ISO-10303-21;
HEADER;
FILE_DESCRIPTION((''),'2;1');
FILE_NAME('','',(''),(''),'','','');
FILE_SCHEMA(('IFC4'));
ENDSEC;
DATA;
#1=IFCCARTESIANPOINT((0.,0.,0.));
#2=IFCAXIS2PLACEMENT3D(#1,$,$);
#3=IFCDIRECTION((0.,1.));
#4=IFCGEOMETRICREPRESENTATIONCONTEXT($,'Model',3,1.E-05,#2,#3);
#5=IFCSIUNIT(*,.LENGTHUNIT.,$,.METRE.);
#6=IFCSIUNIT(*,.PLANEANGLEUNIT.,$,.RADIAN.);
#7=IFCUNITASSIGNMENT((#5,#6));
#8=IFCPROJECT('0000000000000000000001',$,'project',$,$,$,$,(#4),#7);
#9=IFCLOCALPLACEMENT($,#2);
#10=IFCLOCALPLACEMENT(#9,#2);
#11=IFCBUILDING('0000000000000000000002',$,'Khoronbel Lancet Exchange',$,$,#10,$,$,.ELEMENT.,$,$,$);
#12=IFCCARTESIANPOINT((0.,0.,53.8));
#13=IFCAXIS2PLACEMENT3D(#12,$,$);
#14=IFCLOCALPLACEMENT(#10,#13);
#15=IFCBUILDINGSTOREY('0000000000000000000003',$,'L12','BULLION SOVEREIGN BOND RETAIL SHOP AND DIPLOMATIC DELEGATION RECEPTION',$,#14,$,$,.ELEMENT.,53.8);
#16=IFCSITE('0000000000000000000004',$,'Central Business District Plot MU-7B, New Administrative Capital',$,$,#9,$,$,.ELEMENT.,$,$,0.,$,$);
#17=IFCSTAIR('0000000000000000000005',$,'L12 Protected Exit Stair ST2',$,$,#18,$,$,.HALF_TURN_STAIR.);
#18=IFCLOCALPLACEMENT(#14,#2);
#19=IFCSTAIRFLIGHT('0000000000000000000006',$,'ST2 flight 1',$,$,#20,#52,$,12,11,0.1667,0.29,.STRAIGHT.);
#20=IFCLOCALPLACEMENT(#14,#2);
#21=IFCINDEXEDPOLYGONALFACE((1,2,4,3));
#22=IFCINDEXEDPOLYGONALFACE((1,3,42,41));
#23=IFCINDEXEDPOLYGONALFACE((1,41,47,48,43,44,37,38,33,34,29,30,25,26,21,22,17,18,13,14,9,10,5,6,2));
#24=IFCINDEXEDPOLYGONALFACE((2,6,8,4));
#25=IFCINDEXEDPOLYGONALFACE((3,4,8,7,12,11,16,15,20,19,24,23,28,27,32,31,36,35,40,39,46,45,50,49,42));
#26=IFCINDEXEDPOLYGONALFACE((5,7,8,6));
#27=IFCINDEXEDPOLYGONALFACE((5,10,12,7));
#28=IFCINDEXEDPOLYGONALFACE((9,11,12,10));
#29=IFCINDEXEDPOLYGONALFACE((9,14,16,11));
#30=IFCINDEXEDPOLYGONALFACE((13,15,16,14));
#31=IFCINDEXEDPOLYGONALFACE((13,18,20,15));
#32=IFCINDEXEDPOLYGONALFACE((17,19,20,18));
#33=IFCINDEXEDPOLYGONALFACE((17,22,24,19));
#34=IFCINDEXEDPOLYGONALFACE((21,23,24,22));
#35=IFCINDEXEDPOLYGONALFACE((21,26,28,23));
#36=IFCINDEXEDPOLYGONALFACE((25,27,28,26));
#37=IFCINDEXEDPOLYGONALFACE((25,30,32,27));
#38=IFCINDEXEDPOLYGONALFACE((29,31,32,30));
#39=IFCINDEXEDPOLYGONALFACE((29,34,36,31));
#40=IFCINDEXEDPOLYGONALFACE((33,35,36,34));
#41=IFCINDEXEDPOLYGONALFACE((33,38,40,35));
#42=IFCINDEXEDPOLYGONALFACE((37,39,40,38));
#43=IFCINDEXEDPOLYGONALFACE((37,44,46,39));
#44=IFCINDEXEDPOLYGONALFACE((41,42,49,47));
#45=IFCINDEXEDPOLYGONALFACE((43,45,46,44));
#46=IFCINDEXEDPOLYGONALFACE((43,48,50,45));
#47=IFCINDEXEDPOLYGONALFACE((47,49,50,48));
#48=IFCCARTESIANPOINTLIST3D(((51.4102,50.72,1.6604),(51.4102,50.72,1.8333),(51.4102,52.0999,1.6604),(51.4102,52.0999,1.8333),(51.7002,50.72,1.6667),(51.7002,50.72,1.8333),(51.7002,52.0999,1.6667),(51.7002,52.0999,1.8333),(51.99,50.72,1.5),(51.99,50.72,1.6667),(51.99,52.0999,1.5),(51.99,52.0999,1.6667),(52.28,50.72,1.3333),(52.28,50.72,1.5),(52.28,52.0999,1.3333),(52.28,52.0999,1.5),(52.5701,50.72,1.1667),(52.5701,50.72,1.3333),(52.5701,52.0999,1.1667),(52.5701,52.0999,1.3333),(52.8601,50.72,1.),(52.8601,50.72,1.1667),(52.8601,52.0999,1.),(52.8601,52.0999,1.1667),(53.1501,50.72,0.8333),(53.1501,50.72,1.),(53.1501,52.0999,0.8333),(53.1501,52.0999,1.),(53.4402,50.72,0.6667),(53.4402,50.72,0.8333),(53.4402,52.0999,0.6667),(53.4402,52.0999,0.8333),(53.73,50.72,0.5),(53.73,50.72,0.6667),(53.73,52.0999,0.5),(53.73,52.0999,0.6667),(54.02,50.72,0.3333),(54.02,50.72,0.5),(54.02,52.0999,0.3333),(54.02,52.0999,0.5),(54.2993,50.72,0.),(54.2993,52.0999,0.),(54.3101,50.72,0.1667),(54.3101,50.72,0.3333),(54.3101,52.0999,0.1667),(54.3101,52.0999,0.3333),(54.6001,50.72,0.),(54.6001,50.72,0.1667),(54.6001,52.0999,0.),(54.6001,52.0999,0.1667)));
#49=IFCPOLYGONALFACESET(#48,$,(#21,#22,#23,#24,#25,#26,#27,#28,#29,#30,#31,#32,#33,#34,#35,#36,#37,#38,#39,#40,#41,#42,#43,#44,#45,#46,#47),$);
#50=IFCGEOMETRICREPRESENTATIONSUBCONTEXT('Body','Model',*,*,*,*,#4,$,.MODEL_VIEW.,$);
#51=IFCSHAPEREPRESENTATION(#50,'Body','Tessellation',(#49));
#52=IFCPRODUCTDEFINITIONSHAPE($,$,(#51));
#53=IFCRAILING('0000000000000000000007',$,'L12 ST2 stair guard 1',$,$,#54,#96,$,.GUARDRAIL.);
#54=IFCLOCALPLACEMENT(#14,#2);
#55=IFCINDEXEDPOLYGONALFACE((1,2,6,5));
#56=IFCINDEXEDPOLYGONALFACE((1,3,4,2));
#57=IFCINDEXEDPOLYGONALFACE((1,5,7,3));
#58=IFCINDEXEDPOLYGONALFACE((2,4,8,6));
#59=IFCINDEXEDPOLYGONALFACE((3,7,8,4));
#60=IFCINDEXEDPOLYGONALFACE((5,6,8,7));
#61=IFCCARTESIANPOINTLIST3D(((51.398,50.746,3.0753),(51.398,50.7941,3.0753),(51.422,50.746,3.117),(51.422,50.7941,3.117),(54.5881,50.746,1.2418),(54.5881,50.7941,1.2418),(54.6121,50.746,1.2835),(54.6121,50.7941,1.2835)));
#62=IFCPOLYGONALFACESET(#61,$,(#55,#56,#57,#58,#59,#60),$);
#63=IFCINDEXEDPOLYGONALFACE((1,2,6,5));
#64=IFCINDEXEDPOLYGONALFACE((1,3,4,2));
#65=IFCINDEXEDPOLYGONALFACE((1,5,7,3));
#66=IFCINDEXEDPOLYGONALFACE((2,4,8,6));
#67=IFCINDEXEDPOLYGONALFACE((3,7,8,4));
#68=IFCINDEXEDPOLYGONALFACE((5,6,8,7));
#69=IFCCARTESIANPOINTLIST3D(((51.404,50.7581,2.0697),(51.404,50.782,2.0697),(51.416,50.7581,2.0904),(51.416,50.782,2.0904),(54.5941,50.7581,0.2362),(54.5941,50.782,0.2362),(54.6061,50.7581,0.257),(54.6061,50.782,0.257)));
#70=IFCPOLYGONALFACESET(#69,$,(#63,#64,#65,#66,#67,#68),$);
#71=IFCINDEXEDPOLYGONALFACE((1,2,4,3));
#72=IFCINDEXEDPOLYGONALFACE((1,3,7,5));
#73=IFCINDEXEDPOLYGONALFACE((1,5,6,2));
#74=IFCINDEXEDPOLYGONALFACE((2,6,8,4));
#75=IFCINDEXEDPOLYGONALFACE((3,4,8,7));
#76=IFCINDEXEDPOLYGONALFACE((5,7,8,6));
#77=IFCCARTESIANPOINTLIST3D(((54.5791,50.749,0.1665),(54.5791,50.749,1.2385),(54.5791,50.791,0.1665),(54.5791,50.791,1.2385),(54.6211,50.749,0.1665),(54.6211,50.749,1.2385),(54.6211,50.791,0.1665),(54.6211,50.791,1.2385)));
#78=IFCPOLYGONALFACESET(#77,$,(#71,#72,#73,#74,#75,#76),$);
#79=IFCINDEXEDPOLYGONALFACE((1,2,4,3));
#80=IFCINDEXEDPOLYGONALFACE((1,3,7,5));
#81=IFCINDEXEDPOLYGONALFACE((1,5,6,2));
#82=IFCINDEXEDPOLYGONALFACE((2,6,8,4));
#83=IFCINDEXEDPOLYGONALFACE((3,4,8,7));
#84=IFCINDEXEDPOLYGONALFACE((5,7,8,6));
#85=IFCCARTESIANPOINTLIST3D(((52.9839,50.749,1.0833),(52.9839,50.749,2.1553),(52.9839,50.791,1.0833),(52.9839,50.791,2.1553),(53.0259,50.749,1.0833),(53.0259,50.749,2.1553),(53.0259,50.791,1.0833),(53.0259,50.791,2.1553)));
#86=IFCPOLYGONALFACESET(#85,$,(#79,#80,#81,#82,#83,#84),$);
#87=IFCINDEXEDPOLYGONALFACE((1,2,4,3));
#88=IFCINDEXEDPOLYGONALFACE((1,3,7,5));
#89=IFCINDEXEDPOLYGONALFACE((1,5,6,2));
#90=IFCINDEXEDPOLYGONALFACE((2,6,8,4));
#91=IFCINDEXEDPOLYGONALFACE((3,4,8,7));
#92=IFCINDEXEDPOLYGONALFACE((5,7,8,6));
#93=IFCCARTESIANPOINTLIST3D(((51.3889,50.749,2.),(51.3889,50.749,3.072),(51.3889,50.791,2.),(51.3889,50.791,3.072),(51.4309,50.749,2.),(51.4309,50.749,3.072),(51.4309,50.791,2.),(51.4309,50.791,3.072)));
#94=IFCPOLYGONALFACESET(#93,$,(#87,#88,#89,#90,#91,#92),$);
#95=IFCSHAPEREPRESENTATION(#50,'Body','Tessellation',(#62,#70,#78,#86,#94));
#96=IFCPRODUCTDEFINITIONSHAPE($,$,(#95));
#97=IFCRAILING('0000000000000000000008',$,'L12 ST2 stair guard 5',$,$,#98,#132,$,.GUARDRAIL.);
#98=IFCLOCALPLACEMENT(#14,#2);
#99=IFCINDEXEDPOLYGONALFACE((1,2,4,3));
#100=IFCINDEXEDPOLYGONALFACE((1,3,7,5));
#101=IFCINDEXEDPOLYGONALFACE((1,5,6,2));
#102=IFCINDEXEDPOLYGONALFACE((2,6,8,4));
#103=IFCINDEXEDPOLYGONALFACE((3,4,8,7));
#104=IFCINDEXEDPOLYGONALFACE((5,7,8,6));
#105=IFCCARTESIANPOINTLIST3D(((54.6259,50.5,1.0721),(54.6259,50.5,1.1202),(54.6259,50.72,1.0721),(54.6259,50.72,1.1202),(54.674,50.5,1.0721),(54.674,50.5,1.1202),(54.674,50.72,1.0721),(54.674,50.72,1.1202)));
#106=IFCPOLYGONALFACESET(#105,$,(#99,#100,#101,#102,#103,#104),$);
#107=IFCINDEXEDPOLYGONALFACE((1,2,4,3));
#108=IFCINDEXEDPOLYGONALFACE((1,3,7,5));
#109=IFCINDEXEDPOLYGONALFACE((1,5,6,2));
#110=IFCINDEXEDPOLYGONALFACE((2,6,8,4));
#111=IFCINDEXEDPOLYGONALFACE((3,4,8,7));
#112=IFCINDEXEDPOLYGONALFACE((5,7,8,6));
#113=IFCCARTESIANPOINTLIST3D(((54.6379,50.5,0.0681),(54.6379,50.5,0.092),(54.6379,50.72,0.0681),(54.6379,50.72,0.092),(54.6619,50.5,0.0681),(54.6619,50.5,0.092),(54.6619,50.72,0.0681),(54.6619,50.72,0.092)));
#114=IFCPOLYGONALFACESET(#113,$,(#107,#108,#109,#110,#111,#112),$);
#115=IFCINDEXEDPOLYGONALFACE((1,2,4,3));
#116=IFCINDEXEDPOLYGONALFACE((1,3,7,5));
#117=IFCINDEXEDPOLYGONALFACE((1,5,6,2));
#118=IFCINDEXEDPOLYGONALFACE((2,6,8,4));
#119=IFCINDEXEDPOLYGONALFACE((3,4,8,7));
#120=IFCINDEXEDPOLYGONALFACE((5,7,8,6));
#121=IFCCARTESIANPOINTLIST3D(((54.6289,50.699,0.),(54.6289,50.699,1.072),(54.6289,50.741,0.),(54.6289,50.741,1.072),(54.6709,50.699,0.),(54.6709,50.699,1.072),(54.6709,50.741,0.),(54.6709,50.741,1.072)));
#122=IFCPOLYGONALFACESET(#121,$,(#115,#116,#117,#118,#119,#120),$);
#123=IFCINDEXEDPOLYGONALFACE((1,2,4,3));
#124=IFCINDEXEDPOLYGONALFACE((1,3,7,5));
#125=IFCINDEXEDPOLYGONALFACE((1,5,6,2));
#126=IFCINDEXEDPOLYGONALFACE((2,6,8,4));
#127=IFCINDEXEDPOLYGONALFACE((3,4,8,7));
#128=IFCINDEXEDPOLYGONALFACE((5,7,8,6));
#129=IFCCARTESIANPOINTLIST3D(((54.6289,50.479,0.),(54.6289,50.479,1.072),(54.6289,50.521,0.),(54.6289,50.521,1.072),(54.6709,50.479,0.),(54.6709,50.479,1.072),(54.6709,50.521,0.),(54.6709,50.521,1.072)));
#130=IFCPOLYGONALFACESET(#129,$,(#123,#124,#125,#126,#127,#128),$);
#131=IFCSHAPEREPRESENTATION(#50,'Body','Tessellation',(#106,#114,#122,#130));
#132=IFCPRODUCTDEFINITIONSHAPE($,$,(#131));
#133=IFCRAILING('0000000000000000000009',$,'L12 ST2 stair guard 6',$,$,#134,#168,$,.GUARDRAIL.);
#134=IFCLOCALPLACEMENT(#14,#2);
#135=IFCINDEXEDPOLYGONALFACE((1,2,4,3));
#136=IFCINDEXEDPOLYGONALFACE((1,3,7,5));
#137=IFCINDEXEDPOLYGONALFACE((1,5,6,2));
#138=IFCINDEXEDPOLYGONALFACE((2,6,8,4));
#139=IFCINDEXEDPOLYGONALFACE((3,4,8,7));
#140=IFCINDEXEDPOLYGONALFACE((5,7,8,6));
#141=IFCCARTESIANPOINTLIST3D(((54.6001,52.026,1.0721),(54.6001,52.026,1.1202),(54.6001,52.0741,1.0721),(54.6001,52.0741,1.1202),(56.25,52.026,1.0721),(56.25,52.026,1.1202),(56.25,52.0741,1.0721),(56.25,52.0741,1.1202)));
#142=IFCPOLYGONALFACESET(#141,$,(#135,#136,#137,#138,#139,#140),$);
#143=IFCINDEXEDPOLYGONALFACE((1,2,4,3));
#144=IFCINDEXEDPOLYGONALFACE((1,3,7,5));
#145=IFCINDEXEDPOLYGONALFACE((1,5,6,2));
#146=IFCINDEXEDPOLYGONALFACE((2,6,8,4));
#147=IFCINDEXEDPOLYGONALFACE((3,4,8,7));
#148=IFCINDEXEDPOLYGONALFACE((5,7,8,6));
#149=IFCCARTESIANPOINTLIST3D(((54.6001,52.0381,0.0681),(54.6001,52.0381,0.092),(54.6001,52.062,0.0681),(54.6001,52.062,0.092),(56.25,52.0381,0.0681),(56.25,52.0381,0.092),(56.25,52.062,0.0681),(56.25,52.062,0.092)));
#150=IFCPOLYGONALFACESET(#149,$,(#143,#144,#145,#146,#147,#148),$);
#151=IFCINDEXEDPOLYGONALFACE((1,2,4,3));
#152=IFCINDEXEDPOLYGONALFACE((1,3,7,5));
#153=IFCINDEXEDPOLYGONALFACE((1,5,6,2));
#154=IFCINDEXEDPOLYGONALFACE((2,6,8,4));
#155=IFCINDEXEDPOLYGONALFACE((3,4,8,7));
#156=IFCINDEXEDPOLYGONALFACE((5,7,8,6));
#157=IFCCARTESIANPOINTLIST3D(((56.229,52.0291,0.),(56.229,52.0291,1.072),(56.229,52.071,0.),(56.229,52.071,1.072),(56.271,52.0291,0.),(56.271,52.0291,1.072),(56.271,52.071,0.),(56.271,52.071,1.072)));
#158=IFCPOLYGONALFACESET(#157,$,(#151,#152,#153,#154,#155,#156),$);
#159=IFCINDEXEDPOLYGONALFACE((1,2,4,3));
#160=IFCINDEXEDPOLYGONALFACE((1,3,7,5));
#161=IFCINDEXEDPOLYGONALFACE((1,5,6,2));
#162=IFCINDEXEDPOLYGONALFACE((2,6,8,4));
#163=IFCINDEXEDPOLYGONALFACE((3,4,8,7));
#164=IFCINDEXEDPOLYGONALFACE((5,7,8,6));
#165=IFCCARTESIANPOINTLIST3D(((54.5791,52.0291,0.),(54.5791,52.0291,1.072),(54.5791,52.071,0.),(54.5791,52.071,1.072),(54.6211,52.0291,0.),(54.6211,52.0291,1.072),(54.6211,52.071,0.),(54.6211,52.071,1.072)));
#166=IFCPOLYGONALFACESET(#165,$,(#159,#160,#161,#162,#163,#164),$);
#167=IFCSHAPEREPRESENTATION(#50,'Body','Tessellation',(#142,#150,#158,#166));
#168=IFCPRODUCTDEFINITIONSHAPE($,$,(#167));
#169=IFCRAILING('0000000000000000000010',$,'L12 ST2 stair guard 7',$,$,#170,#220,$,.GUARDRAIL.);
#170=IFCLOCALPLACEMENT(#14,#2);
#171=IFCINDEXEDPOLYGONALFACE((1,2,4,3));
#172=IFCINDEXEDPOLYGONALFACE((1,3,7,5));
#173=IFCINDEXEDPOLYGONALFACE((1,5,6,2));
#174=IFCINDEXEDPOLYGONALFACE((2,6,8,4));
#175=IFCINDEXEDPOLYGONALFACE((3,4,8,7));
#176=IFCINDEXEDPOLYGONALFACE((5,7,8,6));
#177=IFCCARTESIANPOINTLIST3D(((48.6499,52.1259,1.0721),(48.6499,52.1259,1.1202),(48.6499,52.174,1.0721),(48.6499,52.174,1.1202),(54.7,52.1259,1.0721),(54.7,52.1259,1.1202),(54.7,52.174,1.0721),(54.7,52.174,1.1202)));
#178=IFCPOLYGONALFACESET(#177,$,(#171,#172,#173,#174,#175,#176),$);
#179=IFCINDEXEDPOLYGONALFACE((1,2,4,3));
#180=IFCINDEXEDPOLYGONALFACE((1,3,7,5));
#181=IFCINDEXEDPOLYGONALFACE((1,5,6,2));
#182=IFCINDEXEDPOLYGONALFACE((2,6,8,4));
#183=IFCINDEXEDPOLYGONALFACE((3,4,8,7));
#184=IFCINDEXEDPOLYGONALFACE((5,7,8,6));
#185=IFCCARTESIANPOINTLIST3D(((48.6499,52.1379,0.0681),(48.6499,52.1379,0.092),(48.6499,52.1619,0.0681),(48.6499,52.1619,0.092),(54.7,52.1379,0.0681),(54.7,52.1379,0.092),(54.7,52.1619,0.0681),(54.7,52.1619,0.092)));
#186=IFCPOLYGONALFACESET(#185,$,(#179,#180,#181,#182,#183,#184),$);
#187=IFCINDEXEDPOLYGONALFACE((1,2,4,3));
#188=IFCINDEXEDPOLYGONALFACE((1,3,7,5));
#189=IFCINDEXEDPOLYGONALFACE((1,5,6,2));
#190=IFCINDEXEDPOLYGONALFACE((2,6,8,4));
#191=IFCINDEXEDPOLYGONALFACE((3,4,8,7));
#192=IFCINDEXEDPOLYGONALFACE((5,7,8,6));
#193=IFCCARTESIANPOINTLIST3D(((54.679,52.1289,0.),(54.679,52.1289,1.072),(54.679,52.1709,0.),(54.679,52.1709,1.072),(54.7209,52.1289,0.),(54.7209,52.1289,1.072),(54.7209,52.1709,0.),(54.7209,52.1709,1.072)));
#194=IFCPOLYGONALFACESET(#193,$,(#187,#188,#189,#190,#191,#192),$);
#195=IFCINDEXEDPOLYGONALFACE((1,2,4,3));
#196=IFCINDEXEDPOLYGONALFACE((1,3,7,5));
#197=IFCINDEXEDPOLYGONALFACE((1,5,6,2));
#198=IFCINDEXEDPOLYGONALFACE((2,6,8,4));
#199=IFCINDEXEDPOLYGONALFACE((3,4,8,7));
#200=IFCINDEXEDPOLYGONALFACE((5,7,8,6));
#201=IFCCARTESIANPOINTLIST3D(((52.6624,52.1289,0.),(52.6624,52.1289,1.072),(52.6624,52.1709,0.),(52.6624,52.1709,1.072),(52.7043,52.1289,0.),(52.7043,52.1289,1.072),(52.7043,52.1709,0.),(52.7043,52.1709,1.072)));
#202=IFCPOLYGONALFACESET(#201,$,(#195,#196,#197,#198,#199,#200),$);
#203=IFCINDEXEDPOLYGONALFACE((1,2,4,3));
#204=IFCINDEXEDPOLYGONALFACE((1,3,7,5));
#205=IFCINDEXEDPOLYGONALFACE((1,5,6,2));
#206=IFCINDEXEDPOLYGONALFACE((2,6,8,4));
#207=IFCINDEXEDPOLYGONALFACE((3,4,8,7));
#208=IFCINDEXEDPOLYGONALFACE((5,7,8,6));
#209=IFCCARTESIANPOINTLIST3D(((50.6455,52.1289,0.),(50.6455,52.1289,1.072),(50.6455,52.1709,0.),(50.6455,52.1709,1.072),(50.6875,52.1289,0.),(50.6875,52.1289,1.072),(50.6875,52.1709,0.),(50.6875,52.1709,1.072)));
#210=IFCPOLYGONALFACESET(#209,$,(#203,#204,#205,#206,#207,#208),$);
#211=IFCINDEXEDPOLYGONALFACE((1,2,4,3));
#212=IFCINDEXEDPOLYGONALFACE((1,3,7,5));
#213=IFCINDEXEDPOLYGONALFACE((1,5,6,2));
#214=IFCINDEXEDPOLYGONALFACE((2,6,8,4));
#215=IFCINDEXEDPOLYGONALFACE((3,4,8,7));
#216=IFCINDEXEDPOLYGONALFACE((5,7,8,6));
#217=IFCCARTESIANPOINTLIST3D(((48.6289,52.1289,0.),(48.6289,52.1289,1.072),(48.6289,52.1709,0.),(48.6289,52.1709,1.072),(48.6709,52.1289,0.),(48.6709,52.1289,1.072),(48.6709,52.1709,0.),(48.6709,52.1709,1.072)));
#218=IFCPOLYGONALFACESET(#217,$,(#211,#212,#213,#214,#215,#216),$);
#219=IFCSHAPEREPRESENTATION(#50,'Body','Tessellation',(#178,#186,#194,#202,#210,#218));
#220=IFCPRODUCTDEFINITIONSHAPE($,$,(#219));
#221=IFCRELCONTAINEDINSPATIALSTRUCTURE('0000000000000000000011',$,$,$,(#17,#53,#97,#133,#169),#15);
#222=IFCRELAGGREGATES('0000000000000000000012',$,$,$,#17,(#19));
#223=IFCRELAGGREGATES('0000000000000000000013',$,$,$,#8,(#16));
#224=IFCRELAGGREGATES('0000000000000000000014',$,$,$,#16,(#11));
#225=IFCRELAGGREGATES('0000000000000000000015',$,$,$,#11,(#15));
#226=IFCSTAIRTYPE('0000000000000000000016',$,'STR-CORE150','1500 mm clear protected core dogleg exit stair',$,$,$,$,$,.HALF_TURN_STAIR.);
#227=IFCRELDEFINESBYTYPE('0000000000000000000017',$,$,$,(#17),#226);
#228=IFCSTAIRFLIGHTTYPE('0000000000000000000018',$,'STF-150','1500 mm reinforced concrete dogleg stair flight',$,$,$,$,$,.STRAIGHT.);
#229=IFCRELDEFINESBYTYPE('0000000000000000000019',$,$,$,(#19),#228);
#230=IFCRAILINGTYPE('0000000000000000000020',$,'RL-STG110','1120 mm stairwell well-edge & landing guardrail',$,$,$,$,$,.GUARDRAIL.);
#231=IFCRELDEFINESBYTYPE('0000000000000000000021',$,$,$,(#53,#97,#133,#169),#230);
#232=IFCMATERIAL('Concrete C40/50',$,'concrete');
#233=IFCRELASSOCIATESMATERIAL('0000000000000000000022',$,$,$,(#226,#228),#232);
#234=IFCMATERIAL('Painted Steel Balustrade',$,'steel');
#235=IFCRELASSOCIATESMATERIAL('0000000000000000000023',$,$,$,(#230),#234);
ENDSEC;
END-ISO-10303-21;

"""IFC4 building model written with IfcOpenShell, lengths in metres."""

from ifc_helpers import new_model, si_unit, direction, frame, origin, origin_2d, place, context, subcontext, project, spatial, polyline, rectangle, outline, extrude, material, type_object, element, aggregate, save


model = new_model("IFC4")

# Units and contexts
model_context = context("Model", 3, precision=1e-05, world=origin(), true_north=direction((0.0, 1.0)))
body_context = subcontext(model_context, "Body", "Model", "MODEL_VIEW")
ifc_project = project(units=[si_unit("LENGTHUNIT", "METRE"), si_unit("PLANEANGLEUNIT", "RADIAN")], contexts=[model_context])

# Site, building, storey
site_placement = place(None, origin())
site = spatial("IfcSite", under=ifc_project, at=site_placement, Name="Central Business District Plot MU-7B, New Administrative Capital", CompositionType="ELEMENT", RefElevation=0.0)
building_placement = place(site_placement, origin())
building = spatial("IfcBuilding", under=site, at=building_placement, Name="Khoronbel Lancet Exchange", CompositionType="ELEMENT")
storey_placement = place(building_placement, frame((0.0, 0.0, 53.8)))
storey = spatial("IfcBuildingStorey", under=building, at=storey_placement, Name="L12", Description="BULLION SOVEREIGN BOND RETAIL SHOP AND DIPLOMATIC DELEGATION RECEPTION", CompositionType="ELEMENT", Elevation=53.8)

# Stair, stair flight
ifc_material_1 = material(Name="Concrete C40/50", Category="concrete")
stair_type = type_object("IfcStairType", Name="STR-CORE150", Description="1500 mm clear protected core dogleg exit stair", PredefinedType="HALF_TURN_STAIR", material=ifc_material_1)
stair_placement = place(storey_placement, origin())
stair = element("IfcStair", 1, at=stair_placement, inside=storey, type_object=stair_type, Name="L12 Protected Exit Stair ST2", PredefinedType="HALF_TURN_STAIR")
stair_flight_type = type_object("IfcStairFlightType", Name="STF-150", Description="1500 mm reinforced concrete dogleg stair flight", PredefinedType="STRAIGHT", material=ifc_material_1)
stair_flight_placement = place(storey_placement, frame((54.6001, 51.4099, 0.0), z_axis=(0.0, 0.0, 1.0), x_axis=(-1.0, 0.0, 0.0)))
stair_flight = element("IfcStairFlight", 2, at=stair_flight_placement, type_object=stair_flight_type, Name="ST2 flight 1", NumberOfRisers=12, NumberOfTreads=11, PredefinedType="STRAIGHT", RiserHeight=0.1667, TreadLength=0.29, context=body_context, shape_type="SweptSolid", body=[
    extrude(outline(polyline([(0.0, 0.0), (0.0, 0.1667), (0.29, 0.1667), (0.29, 0.3333), (0.5801, 0.3333), (0.5801, 0.5), (0.8701, 0.5), (0.8701, 0.6667), (1.1599, 0.6667), (1.1599, 0.8333), (1.45, 0.8333), (1.45, 1.0), (1.74, 1.0), (1.74, 1.1667), (2.03, 1.1667), (2.03, 1.3333), (2.3201, 1.3333), (2.3201, 1.5), (2.6101, 1.5), (2.6101, 1.6667), (2.8999, 1.6667), (2.8999, 1.8333), (3.1899, 1.8333), (3.1899, 2.0), (3.1899, 1.6604), (0.3008, 0.0), (0.0, 0.0)])), frame((0.0, 0.6899, 0.0), z_axis=(0.0, -1.0, 0.0), x_axis=(1.0, 0.0, 0.0)), (0.0, 0.0, 1.0), 1.3799),
])
aggregate(stair, [stair_flight])

# Railings
ifc_material_2 = material(Name="Painted Steel Balustrade", Category="steel")
railing_type_1 = type_object("IfcRailingType", Name="RL-STG110", Description="1120 mm stairwell well-edge & landing guardrail", PredefinedType="GUARDRAIL", material=ifc_material_2)
railing_1_placement = place(storey_placement, frame((54.6001, 50.77, 0.1665)))
element("IfcRailing", 3, at=railing_1_placement, inside=storey, type_object=railing_type_1, Name="L12 ST2 stair guard 1", PredefinedType="GUARDRAIL", context=body_context, shape_type="SweptSolid", body=[
    extrude(rectangle(XDim=0.0481, YDim=0.0481, at=origin_2d()), frame((0.0, 0.0, 1.0962), z_axis=(-0.867007, 0.0, 0.498295), x_axis=(0.0, -1.0, 0.0)), (0.0, 0.0, 1.0), 3.6794),
    extrude(rectangle(XDim=0.0239, YDim=0.0239, at=origin_2d()), frame((0.0, 0.0, 0.0801), z_axis=(-0.867007, 0.0, 0.498295), x_axis=(0.0, -1.0, 0.0)), (0.0, 0.0, 1.0), 3.6794),
    extrude(rectangle(XDim=0.042, YDim=0.042, at=origin_2d()), origin(), (0.0, 0.0, 1.0), 1.072),
    extrude(rectangle(XDim=0.042, YDim=0.042, at=origin_2d()), frame((-1.5952, 0.0, 0.9167)), (0.0, 0.0, 1.0), 1.072),
    extrude(rectangle(XDim=0.042, YDim=0.042, at=origin_2d()), frame((-3.1902, 0.0, 1.8335)), (0.0, 0.0, 1.0), 1.072),
])
railing_2_placement = place(storey_placement, frame((54.6499, 50.72, 0.0)))
element("IfcRailing", 4, at=railing_2_placement, inside=storey, type_object=railing_type_1, Name="L12 ST2 stair guard 5", PredefinedType="GUARDRAIL", context=body_context, shape_type="SweptSolid", body=[
    extrude(rectangle(XDim=0.0481, YDim=0.0481, at=origin_2d()), frame((0.0, 0.0, 1.0962), z_axis=(0.0, -1.0, 0.0), x_axis=(1.0, 0.0, 0.0)), (0.0, 0.0, 1.0), 0.22),
    extrude(rectangle(XDim=0.0239, YDim=0.0239, at=origin_2d()), frame((0.0, 0.0, 0.0801), z_axis=(0.0, -1.0, 0.0), x_axis=(1.0, 0.0, 0.0)), (0.0, 0.0, 1.0), 0.22),
    extrude(rectangle(XDim=0.042, YDim=0.042, at=origin_2d()), origin(), (0.0, 0.0, 1.0), 1.072),
    extrude(rectangle(XDim=0.042, YDim=0.042, at=origin_2d()), frame((0.0, -0.22, 0.0)), (0.0, 0.0, 1.0), 1.072),
])
railing_3_placement = place(storey_placement, frame((56.25, 52.05, 0.0)))
element("IfcRailing", 5, at=railing_3_placement, inside=storey, type_object=railing_type_1, Name="L12 ST2 stair guard 6", PredefinedType="GUARDRAIL", context=body_context, shape_type="SweptSolid", body=[
    extrude(rectangle(XDim=0.0481, YDim=0.0481, at=origin_2d()), frame((0.0, 0.0, 1.0962), z_axis=(-1.0, 0.0, 0.0), x_axis=(0.0, -1.0, 0.0)), (0.0, 0.0, 1.0), 1.6499),
    extrude(rectangle(XDim=0.0239, YDim=0.0239, at=origin_2d()), frame((0.0, 0.0, 0.0801), z_axis=(-1.0, 0.0, 0.0), x_axis=(0.0, -1.0, 0.0)), (0.0, 0.0, 1.0), 1.6499),
    extrude(rectangle(XDim=0.042, YDim=0.042, at=origin_2d()), origin(), (0.0, 0.0, 1.0), 1.072),
    extrude(rectangle(XDim=0.042, YDim=0.042, at=origin_2d()), frame((-1.6499, 0.0, 0.0)), (0.0, 0.0, 1.0), 1.072),
])
railing_4_placement = place(storey_placement, frame((54.7, 52.1499, 0.0)))
element("IfcRailing", 6, at=railing_4_placement, inside=storey, type_object=railing_type_1, Name="L12 ST2 stair guard 7", PredefinedType="GUARDRAIL", context=body_context, shape_type="SweptSolid", body=[
    extrude(rectangle(XDim=0.0481, YDim=0.0481, at=origin_2d()), frame((0.0, 0.0, 1.0962), z_axis=(-1.0, 0.0, 0.0), x_axis=(0.0, -1.0, 0.0)), (0.0, 0.0, 1.0), 6.05),
    extrude(rectangle(XDim=0.0239, YDim=0.0239, at=origin_2d()), frame((0.0, 0.0, 0.0801), z_axis=(-1.0, 0.0, 0.0), x_axis=(0.0, -1.0, 0.0)), (0.0, 0.0, 1.0), 6.05),
    extrude(rectangle(XDim=0.042, YDim=0.042, at=origin_2d()), origin(), (0.0, 0.0, 1.0), 1.072),
    extrude(rectangle(XDim=0.042, YDim=0.042, at=origin_2d()), frame((-2.0166, 0.0, 0.0)), (0.0, 0.0, 1.0), 1.072),
    extrude(rectangle(XDim=0.042, YDim=0.042, at=origin_2d()), frame((-4.0334, 0.0, 0.0)), (0.0, 0.0, 1.0), 1.072),
    extrude(rectangle(XDim=0.042, YDim=0.042, at=origin_2d()), frame((-6.05, 0.0, 0.0)), (0.0, 0.0, 1.0), 1.072),
])

save(model, "model.ifc")
